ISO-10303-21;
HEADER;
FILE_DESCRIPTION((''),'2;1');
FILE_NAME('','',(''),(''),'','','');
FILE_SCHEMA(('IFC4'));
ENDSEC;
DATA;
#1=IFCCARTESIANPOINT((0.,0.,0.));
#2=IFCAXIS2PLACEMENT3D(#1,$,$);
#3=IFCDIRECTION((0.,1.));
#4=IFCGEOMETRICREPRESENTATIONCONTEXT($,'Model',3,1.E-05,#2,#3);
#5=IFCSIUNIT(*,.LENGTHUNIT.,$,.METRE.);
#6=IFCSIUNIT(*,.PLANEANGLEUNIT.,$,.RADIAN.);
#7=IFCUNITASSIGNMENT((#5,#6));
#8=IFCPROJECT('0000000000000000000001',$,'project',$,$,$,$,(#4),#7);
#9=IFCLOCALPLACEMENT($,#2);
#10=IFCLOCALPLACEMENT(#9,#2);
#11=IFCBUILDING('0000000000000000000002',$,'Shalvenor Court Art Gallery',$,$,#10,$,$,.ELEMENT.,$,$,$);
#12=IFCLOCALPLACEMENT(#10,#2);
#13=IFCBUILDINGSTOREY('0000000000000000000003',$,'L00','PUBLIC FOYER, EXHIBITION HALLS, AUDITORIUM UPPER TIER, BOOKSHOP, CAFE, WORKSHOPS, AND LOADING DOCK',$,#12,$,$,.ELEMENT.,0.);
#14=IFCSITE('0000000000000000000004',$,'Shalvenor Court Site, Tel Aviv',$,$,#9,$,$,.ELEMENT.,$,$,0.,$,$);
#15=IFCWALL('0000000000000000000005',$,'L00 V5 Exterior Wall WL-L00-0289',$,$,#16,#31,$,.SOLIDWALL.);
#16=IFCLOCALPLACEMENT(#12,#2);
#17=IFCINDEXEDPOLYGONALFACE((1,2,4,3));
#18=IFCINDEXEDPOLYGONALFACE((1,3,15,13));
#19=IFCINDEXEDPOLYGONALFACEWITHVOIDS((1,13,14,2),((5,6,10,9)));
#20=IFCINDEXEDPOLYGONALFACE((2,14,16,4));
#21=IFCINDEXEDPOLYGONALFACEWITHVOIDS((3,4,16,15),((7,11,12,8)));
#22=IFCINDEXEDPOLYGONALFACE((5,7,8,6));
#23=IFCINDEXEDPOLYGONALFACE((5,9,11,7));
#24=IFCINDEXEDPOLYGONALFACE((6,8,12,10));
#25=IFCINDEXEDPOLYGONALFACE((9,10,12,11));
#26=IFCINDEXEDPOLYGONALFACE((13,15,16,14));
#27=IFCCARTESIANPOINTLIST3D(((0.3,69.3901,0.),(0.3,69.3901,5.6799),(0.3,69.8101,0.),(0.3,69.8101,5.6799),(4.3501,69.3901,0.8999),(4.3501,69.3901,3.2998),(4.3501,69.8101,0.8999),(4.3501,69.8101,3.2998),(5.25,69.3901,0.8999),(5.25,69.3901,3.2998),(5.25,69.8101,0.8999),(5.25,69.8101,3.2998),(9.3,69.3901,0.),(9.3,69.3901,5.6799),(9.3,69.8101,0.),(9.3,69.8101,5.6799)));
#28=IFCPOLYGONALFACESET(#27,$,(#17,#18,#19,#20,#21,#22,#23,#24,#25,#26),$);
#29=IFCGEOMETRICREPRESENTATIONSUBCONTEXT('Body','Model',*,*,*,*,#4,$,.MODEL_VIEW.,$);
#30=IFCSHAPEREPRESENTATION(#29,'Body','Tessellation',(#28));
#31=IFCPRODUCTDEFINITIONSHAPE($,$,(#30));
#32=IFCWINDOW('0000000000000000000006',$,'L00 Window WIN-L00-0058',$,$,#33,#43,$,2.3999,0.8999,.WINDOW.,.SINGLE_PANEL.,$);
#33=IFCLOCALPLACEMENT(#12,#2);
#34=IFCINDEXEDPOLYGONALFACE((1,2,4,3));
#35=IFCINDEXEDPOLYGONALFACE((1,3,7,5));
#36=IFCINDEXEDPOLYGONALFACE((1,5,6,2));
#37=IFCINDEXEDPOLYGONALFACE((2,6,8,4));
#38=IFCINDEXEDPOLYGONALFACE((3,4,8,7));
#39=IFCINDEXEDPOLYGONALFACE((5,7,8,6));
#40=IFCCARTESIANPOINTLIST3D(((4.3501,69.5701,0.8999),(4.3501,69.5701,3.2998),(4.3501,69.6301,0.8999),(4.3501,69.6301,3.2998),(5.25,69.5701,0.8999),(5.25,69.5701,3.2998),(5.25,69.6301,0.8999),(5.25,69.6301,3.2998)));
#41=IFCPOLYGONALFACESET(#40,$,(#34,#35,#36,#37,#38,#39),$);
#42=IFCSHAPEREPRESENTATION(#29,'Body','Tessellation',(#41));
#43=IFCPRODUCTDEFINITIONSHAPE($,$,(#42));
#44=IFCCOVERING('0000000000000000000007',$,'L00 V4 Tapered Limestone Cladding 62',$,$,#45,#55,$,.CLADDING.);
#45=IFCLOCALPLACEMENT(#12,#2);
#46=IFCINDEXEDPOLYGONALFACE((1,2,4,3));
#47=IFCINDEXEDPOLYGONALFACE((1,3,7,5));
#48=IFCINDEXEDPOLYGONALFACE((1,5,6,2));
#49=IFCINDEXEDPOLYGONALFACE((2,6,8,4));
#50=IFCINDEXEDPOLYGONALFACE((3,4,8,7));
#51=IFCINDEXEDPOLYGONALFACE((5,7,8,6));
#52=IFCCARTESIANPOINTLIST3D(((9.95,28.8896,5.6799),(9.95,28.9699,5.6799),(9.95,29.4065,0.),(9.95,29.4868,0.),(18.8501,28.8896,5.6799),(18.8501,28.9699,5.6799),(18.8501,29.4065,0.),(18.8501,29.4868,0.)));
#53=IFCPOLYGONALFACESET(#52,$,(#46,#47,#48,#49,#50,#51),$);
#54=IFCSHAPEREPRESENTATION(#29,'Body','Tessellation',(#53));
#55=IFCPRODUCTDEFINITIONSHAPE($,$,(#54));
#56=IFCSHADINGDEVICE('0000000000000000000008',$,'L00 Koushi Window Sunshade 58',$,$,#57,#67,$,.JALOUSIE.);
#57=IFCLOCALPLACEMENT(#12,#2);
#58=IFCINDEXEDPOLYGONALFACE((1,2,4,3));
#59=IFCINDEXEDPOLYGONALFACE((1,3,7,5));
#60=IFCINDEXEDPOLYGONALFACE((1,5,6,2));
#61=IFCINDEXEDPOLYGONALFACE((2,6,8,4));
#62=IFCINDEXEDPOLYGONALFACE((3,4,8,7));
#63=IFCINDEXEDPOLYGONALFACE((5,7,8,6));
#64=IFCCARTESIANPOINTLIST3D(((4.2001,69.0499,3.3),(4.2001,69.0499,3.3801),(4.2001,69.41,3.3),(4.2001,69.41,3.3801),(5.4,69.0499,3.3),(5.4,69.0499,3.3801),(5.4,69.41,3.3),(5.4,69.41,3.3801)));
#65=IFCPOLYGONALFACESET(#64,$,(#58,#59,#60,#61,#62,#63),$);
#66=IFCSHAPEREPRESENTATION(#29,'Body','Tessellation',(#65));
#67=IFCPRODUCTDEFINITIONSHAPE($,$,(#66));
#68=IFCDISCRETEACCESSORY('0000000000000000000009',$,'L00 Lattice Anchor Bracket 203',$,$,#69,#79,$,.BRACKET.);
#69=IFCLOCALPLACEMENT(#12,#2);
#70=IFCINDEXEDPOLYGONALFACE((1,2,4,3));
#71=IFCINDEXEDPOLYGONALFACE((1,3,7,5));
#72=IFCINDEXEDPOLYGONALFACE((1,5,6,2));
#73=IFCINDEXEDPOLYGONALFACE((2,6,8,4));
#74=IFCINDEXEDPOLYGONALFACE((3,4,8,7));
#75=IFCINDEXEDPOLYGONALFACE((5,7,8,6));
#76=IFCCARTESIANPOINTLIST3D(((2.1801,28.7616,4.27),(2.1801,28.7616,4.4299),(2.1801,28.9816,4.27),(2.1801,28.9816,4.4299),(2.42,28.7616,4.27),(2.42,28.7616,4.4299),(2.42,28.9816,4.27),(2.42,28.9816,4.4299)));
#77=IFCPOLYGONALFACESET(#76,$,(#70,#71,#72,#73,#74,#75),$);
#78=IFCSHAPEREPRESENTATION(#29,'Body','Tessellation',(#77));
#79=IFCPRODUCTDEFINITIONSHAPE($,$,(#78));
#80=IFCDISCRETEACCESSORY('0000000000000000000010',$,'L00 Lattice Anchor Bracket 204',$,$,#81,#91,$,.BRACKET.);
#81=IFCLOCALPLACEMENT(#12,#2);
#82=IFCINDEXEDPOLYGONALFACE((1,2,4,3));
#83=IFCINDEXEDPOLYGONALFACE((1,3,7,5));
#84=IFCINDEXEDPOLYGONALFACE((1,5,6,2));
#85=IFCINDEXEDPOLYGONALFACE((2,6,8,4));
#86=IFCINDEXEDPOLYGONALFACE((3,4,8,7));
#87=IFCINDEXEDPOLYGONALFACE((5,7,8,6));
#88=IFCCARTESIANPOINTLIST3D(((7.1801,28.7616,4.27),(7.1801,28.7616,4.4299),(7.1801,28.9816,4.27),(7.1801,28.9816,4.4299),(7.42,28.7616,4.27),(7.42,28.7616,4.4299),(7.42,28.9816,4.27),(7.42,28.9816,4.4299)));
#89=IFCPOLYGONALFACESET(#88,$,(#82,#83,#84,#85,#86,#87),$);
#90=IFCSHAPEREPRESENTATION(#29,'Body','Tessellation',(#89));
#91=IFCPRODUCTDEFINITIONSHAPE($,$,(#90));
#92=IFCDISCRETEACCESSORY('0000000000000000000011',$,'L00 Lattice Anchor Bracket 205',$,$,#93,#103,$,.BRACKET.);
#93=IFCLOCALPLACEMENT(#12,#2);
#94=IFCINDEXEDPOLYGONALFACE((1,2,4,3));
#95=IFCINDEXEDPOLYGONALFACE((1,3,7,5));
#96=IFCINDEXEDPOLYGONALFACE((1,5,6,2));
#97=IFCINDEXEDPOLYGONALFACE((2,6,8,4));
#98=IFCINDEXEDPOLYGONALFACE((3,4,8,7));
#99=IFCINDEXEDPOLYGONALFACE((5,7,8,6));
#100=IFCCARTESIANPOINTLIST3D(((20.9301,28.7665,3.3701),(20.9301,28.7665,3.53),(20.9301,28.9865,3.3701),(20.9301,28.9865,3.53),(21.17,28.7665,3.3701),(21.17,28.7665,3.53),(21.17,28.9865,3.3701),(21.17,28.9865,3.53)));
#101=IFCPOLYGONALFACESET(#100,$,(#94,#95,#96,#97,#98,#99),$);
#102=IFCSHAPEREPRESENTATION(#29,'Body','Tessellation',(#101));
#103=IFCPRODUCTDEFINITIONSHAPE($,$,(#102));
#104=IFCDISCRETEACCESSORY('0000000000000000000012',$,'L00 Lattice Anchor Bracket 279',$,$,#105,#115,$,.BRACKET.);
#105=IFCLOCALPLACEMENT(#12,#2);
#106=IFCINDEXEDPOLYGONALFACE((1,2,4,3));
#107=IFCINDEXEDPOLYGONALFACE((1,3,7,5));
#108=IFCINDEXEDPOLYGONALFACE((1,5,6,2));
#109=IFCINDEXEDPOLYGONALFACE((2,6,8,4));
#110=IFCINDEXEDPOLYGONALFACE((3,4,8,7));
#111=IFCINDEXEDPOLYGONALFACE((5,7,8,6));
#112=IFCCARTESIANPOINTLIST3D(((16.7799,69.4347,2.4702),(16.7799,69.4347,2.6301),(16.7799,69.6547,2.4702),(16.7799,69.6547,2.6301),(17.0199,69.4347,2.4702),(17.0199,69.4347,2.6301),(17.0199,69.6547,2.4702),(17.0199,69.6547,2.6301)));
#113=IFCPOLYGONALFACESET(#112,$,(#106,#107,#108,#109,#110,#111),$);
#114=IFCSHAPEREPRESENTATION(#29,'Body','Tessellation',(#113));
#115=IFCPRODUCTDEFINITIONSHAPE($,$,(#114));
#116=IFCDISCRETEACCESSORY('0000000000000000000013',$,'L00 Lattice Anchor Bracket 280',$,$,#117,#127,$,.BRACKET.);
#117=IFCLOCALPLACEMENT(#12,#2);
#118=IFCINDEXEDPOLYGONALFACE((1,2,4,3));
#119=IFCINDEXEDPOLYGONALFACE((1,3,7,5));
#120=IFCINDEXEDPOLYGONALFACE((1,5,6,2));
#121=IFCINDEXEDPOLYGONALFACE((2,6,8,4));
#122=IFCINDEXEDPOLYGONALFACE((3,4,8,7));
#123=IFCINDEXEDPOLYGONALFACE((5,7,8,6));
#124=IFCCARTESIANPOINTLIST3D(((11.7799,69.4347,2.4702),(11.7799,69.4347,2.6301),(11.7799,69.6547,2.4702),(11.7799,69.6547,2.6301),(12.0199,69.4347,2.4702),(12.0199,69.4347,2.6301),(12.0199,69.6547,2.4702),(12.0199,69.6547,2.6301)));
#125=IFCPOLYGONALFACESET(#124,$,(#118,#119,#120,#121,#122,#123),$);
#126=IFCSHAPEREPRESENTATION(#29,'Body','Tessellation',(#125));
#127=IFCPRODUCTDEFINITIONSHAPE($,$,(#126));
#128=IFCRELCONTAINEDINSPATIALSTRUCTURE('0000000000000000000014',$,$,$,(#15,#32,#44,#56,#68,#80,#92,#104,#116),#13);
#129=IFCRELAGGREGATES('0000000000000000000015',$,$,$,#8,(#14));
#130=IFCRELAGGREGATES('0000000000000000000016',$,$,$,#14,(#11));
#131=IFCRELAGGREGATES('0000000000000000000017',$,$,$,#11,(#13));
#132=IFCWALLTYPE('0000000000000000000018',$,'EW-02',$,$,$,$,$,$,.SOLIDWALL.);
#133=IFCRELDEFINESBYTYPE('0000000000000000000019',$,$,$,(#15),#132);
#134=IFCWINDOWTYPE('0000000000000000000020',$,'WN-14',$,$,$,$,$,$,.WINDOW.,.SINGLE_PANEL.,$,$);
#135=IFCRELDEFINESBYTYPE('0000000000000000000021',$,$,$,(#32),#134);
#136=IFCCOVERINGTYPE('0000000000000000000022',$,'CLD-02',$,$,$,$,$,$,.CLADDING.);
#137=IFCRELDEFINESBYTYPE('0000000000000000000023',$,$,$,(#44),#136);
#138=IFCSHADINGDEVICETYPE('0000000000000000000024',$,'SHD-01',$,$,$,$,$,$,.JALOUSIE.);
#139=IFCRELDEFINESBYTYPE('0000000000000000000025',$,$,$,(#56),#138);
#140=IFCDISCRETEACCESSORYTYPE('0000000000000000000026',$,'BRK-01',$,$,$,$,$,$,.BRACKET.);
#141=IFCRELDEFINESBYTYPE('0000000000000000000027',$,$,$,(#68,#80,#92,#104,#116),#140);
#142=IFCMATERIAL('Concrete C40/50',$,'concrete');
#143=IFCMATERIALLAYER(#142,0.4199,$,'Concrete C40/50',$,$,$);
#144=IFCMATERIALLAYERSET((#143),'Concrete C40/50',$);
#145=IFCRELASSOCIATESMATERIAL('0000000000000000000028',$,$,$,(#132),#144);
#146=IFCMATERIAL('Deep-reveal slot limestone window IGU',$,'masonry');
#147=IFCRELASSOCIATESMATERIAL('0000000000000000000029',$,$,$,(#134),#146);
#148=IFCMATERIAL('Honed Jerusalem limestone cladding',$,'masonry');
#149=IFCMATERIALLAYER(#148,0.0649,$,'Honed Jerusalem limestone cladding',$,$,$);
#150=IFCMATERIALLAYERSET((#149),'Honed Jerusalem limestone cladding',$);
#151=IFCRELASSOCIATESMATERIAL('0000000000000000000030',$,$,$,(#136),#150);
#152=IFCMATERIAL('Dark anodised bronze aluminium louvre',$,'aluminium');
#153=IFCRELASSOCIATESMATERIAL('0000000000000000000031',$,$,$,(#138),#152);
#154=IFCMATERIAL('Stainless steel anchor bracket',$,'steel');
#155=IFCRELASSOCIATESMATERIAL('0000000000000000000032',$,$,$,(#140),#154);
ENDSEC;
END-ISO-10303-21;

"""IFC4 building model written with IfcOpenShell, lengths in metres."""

from ifc_helpers import new_model, si_unit, direction, frame, frame_2d, origin, origin_2d, place, context, subcontext, project, spatial, polyline, rectangle, outline, extrude, material, layer, layer_set, type_object, element, fill, save


model = new_model("IFC4")

# Units and contexts
model_context = context("Model", 3, precision=1e-05, world=origin(), true_north=direction((0.0, 1.0)))
body_context = subcontext(model_context, "Body", "Model", "MODEL_VIEW")
ifc_project = project(units=[si_unit("LENGTHUNIT", "METRE"), si_unit("PLANEANGLEUNIT", "RADIAN")], contexts=[model_context])

# Site, building, storey
site_placement = place(None, origin())
site = spatial("IfcSite", under=ifc_project, at=site_placement, Name="Shalvenor Court Site, Tel Aviv", CompositionType="ELEMENT", RefElevation=0.0)
building_placement = place(site_placement, origin())
building = spatial("IfcBuilding", under=site, at=building_placement, Name="Shalvenor Court Art Gallery", CompositionType="ELEMENT")
storey_placement = place(building_placement, origin())
storey = spatial("IfcBuildingStorey", under=building, at=storey_placement, Name="L00", Description="PUBLIC FOYER, EXHIBITION HALLS, AUDITORIUM UPPER TIER, BOOKSHOP, CAFE, WORKSHOPS, AND LOADING DOCK", CompositionType="ELEMENT", Elevation=0.0)

# Wall, opening, window
ifc_material_1 = material(Name="Concrete C40/50", Category="concrete")
ifc_layer_1 = layer(ifc_material_1, 0.4199, Name="Concrete C40/50")
ifc_layer_set_1 = layer_set([ifc_layer_1], Name="Concrete C40/50")
wall_type = type_object("IfcWallType", Name="EW-02", PredefinedType="SOLIDWALL", material=ifc_layer_set_1)
wall_placement = place(storey_placement, frame((9.3, 69.6001, 0.0), z_axis=(0.0, 0.0, 1.0), x_axis=(-1.0, 0.0, 0.0)))
wall = element("IfcWall", 1, at=wall_placement, inside=storey, type_object=wall_type, Name="L00 V5 Exterior Wall WL-L00-0289", PredefinedType="SOLIDWALL", context=body_context, shape_type="SweptSolid", body=[
    extrude(rectangle(XDim=9.0, YDim=0.4199, at=frame_2d((4.5, 0.0))), origin(), (0.0, 0.0, 1.0), 5.6799),
])
opening_placement = place(wall_placement, frame((4.05, 0.0, 0.8999)))
opening = element("IfcOpeningElement", 2, at=opening_placement, cuts=wall, PredefinedType="OPENING", context=body_context, shape_type="SweptSolid", body=[
    extrude(rectangle(XDim=0.8999, YDim=2.3999, at=frame_2d((0.45, 1.2))), frame((0.0, 0.22, 0.0), z_axis=(0.0, -1.0, 0.0), x_axis=(1.0, 0.0, 0.0)), (0.0, 0.0, 1.0), 0.4399),
])
ifc_material_2 = material(Name="Deep-reveal slot limestone window IGU", Category="masonry")
window_type = type_object("IfcWindowType", Name="WN-14", PartitioningType="SINGLE_PANEL", PredefinedType="WINDOW", material=ifc_material_2)
window_placement = place(opening_placement, origin())
window = element("IfcWindow", 3, at=window_placement, inside=storey, type_object=window_type, Name="L00 Window WIN-L00-0058", OverallHeight=2.3999, OverallWidth=0.8999, PartitioningType="SINGLE_PANEL", PredefinedType="WINDOW", context=body_context, shape_type="SweptSolid", body=[
    extrude(rectangle(XDim=0.8999, YDim=2.3999, at=frame_2d((0.45, 1.2))), frame((0.0, 0.03, 0.0), z_axis=(0.0, -1.0, 0.0), x_axis=(1.0, 0.0, 0.0)), (0.0, 0.0, 1.0), 0.0601),
])
fill(opening, window)

# Covering
ifc_material_3 = material(Name="Honed Jerusalem limestone cladding", Category="masonry")
ifc_layer_2 = layer(ifc_material_3, 0.0649, Name="Honed Jerusalem limestone cladding")
ifc_layer_set_2 = layer_set([ifc_layer_2], Name="Honed Jerusalem limestone cladding")
covering_type = type_object("IfcCoveringType", Name="CLD-02", PredefinedType="CLADDING", material=ifc_layer_set_2)
covering_placement = place(storey_placement, frame((18.8501, 29.4868, 0.0), z_axis=(0.0, 0.0, 1.0), x_axis=(-1.0, 0.0, 0.0)))
element("IfcCovering", 4, at=covering_placement, inside=storey, type_object=covering_type, Name="L00 V4 Tapered Limestone Cladding 62", PredefinedType="CLADDING", context=body_context, shape_type="SweptSolid", body=[
    extrude(outline(polyline([(0.0, 0.0), (8.9001, 0.0), (8.9001, 5.7034), (0.0, 5.7034), (0.0, 0.0)])), frame((0.0, 0.0, 0.0), z_axis=(0.0, -0.995884, 0.090633), x_axis=(1.0, 0.0, 0.0)), (0.0, 0.090633, -0.995884), 0.0803),
])

# Shading device
ifc_material_4 = material(Name="Dark anodised bronze aluminium louvre", Category="aluminium")
shading_device_type = type_object("IfcShadingDeviceType", Name="SHD-01", PredefinedType="JALOUSIE", material=ifc_material_4)
shading_device_placement = place(storey_placement, frame((4.8, 69.23, 3.3), z_axis=(0.0, 0.0, 1.0), x_axis=(-1.0, 0.0, 0.0)))
element("IfcShadingDevice", 5, at=shading_device_placement, inside=storey, type_object=shading_device_type, Name="L00 Koushi Window Sunshade 58", PredefinedType="JALOUSIE", context=body_context, shape_type="SweptSolid", body=[
    extrude(rectangle(XDim=1.2, YDim=0.3601, at=origin_2d()), origin(), (0.0, 0.0, 1.0), 0.0801),
])

# Discrete accessories
ifc_material_5 = material(Name="Stainless steel anchor bracket", Category="steel")
discrete_accessory_type = type_object("IfcDiscreteAccessoryType", Name="BRK-01", PredefinedType="BRACKET", material=ifc_material_5)
for number, where, z_axis, x_axis, name in (
    (6, (2.3, 28.8716, 4.27), (0.0, 0.0, 1.0), (1.0, 0.0, 0.0), "L00 Lattice Anchor Bracket 203"),
    (7, (7.3, 28.8716, 4.27), (0.0, 0.0, 1.0), (1.0, 0.0, 0.0), "L00 Lattice Anchor Bracket 204"),
    (8, (21.05, 28.8765, 3.3701), (0.0, 0.0, 1.0), (1.0, 0.0, 0.0), "L00 Lattice Anchor Bracket 205"),
    (9, (16.8999, 69.5447, 2.4702), (0.0, 0.0, 1.0), (-1.0, 0.0, 0.0), "L00 Lattice Anchor Bracket 279"),
    (10, (11.8999, 69.5447, 2.4702), (0.0, 0.0, 1.0), (-1.0, 0.0, 0.0), "L00 Lattice Anchor Bracket 280"),
):
    element("IfcDiscreteAccessory", number, at=place(storey_placement, frame(where, z_axis=z_axis, x_axis=x_axis)), inside=storey, type_object=discrete_accessory_type, Name=name, PredefinedType="BRACKET", context=body_context, shape_type="SweptSolid", body=[
        extrude(rectangle(XDim=0.24, YDim=0.22, at=origin_2d()), origin(), (0.0, 0.0, 1.0), 0.1599),
    ])

save(model, "model.ifc")
